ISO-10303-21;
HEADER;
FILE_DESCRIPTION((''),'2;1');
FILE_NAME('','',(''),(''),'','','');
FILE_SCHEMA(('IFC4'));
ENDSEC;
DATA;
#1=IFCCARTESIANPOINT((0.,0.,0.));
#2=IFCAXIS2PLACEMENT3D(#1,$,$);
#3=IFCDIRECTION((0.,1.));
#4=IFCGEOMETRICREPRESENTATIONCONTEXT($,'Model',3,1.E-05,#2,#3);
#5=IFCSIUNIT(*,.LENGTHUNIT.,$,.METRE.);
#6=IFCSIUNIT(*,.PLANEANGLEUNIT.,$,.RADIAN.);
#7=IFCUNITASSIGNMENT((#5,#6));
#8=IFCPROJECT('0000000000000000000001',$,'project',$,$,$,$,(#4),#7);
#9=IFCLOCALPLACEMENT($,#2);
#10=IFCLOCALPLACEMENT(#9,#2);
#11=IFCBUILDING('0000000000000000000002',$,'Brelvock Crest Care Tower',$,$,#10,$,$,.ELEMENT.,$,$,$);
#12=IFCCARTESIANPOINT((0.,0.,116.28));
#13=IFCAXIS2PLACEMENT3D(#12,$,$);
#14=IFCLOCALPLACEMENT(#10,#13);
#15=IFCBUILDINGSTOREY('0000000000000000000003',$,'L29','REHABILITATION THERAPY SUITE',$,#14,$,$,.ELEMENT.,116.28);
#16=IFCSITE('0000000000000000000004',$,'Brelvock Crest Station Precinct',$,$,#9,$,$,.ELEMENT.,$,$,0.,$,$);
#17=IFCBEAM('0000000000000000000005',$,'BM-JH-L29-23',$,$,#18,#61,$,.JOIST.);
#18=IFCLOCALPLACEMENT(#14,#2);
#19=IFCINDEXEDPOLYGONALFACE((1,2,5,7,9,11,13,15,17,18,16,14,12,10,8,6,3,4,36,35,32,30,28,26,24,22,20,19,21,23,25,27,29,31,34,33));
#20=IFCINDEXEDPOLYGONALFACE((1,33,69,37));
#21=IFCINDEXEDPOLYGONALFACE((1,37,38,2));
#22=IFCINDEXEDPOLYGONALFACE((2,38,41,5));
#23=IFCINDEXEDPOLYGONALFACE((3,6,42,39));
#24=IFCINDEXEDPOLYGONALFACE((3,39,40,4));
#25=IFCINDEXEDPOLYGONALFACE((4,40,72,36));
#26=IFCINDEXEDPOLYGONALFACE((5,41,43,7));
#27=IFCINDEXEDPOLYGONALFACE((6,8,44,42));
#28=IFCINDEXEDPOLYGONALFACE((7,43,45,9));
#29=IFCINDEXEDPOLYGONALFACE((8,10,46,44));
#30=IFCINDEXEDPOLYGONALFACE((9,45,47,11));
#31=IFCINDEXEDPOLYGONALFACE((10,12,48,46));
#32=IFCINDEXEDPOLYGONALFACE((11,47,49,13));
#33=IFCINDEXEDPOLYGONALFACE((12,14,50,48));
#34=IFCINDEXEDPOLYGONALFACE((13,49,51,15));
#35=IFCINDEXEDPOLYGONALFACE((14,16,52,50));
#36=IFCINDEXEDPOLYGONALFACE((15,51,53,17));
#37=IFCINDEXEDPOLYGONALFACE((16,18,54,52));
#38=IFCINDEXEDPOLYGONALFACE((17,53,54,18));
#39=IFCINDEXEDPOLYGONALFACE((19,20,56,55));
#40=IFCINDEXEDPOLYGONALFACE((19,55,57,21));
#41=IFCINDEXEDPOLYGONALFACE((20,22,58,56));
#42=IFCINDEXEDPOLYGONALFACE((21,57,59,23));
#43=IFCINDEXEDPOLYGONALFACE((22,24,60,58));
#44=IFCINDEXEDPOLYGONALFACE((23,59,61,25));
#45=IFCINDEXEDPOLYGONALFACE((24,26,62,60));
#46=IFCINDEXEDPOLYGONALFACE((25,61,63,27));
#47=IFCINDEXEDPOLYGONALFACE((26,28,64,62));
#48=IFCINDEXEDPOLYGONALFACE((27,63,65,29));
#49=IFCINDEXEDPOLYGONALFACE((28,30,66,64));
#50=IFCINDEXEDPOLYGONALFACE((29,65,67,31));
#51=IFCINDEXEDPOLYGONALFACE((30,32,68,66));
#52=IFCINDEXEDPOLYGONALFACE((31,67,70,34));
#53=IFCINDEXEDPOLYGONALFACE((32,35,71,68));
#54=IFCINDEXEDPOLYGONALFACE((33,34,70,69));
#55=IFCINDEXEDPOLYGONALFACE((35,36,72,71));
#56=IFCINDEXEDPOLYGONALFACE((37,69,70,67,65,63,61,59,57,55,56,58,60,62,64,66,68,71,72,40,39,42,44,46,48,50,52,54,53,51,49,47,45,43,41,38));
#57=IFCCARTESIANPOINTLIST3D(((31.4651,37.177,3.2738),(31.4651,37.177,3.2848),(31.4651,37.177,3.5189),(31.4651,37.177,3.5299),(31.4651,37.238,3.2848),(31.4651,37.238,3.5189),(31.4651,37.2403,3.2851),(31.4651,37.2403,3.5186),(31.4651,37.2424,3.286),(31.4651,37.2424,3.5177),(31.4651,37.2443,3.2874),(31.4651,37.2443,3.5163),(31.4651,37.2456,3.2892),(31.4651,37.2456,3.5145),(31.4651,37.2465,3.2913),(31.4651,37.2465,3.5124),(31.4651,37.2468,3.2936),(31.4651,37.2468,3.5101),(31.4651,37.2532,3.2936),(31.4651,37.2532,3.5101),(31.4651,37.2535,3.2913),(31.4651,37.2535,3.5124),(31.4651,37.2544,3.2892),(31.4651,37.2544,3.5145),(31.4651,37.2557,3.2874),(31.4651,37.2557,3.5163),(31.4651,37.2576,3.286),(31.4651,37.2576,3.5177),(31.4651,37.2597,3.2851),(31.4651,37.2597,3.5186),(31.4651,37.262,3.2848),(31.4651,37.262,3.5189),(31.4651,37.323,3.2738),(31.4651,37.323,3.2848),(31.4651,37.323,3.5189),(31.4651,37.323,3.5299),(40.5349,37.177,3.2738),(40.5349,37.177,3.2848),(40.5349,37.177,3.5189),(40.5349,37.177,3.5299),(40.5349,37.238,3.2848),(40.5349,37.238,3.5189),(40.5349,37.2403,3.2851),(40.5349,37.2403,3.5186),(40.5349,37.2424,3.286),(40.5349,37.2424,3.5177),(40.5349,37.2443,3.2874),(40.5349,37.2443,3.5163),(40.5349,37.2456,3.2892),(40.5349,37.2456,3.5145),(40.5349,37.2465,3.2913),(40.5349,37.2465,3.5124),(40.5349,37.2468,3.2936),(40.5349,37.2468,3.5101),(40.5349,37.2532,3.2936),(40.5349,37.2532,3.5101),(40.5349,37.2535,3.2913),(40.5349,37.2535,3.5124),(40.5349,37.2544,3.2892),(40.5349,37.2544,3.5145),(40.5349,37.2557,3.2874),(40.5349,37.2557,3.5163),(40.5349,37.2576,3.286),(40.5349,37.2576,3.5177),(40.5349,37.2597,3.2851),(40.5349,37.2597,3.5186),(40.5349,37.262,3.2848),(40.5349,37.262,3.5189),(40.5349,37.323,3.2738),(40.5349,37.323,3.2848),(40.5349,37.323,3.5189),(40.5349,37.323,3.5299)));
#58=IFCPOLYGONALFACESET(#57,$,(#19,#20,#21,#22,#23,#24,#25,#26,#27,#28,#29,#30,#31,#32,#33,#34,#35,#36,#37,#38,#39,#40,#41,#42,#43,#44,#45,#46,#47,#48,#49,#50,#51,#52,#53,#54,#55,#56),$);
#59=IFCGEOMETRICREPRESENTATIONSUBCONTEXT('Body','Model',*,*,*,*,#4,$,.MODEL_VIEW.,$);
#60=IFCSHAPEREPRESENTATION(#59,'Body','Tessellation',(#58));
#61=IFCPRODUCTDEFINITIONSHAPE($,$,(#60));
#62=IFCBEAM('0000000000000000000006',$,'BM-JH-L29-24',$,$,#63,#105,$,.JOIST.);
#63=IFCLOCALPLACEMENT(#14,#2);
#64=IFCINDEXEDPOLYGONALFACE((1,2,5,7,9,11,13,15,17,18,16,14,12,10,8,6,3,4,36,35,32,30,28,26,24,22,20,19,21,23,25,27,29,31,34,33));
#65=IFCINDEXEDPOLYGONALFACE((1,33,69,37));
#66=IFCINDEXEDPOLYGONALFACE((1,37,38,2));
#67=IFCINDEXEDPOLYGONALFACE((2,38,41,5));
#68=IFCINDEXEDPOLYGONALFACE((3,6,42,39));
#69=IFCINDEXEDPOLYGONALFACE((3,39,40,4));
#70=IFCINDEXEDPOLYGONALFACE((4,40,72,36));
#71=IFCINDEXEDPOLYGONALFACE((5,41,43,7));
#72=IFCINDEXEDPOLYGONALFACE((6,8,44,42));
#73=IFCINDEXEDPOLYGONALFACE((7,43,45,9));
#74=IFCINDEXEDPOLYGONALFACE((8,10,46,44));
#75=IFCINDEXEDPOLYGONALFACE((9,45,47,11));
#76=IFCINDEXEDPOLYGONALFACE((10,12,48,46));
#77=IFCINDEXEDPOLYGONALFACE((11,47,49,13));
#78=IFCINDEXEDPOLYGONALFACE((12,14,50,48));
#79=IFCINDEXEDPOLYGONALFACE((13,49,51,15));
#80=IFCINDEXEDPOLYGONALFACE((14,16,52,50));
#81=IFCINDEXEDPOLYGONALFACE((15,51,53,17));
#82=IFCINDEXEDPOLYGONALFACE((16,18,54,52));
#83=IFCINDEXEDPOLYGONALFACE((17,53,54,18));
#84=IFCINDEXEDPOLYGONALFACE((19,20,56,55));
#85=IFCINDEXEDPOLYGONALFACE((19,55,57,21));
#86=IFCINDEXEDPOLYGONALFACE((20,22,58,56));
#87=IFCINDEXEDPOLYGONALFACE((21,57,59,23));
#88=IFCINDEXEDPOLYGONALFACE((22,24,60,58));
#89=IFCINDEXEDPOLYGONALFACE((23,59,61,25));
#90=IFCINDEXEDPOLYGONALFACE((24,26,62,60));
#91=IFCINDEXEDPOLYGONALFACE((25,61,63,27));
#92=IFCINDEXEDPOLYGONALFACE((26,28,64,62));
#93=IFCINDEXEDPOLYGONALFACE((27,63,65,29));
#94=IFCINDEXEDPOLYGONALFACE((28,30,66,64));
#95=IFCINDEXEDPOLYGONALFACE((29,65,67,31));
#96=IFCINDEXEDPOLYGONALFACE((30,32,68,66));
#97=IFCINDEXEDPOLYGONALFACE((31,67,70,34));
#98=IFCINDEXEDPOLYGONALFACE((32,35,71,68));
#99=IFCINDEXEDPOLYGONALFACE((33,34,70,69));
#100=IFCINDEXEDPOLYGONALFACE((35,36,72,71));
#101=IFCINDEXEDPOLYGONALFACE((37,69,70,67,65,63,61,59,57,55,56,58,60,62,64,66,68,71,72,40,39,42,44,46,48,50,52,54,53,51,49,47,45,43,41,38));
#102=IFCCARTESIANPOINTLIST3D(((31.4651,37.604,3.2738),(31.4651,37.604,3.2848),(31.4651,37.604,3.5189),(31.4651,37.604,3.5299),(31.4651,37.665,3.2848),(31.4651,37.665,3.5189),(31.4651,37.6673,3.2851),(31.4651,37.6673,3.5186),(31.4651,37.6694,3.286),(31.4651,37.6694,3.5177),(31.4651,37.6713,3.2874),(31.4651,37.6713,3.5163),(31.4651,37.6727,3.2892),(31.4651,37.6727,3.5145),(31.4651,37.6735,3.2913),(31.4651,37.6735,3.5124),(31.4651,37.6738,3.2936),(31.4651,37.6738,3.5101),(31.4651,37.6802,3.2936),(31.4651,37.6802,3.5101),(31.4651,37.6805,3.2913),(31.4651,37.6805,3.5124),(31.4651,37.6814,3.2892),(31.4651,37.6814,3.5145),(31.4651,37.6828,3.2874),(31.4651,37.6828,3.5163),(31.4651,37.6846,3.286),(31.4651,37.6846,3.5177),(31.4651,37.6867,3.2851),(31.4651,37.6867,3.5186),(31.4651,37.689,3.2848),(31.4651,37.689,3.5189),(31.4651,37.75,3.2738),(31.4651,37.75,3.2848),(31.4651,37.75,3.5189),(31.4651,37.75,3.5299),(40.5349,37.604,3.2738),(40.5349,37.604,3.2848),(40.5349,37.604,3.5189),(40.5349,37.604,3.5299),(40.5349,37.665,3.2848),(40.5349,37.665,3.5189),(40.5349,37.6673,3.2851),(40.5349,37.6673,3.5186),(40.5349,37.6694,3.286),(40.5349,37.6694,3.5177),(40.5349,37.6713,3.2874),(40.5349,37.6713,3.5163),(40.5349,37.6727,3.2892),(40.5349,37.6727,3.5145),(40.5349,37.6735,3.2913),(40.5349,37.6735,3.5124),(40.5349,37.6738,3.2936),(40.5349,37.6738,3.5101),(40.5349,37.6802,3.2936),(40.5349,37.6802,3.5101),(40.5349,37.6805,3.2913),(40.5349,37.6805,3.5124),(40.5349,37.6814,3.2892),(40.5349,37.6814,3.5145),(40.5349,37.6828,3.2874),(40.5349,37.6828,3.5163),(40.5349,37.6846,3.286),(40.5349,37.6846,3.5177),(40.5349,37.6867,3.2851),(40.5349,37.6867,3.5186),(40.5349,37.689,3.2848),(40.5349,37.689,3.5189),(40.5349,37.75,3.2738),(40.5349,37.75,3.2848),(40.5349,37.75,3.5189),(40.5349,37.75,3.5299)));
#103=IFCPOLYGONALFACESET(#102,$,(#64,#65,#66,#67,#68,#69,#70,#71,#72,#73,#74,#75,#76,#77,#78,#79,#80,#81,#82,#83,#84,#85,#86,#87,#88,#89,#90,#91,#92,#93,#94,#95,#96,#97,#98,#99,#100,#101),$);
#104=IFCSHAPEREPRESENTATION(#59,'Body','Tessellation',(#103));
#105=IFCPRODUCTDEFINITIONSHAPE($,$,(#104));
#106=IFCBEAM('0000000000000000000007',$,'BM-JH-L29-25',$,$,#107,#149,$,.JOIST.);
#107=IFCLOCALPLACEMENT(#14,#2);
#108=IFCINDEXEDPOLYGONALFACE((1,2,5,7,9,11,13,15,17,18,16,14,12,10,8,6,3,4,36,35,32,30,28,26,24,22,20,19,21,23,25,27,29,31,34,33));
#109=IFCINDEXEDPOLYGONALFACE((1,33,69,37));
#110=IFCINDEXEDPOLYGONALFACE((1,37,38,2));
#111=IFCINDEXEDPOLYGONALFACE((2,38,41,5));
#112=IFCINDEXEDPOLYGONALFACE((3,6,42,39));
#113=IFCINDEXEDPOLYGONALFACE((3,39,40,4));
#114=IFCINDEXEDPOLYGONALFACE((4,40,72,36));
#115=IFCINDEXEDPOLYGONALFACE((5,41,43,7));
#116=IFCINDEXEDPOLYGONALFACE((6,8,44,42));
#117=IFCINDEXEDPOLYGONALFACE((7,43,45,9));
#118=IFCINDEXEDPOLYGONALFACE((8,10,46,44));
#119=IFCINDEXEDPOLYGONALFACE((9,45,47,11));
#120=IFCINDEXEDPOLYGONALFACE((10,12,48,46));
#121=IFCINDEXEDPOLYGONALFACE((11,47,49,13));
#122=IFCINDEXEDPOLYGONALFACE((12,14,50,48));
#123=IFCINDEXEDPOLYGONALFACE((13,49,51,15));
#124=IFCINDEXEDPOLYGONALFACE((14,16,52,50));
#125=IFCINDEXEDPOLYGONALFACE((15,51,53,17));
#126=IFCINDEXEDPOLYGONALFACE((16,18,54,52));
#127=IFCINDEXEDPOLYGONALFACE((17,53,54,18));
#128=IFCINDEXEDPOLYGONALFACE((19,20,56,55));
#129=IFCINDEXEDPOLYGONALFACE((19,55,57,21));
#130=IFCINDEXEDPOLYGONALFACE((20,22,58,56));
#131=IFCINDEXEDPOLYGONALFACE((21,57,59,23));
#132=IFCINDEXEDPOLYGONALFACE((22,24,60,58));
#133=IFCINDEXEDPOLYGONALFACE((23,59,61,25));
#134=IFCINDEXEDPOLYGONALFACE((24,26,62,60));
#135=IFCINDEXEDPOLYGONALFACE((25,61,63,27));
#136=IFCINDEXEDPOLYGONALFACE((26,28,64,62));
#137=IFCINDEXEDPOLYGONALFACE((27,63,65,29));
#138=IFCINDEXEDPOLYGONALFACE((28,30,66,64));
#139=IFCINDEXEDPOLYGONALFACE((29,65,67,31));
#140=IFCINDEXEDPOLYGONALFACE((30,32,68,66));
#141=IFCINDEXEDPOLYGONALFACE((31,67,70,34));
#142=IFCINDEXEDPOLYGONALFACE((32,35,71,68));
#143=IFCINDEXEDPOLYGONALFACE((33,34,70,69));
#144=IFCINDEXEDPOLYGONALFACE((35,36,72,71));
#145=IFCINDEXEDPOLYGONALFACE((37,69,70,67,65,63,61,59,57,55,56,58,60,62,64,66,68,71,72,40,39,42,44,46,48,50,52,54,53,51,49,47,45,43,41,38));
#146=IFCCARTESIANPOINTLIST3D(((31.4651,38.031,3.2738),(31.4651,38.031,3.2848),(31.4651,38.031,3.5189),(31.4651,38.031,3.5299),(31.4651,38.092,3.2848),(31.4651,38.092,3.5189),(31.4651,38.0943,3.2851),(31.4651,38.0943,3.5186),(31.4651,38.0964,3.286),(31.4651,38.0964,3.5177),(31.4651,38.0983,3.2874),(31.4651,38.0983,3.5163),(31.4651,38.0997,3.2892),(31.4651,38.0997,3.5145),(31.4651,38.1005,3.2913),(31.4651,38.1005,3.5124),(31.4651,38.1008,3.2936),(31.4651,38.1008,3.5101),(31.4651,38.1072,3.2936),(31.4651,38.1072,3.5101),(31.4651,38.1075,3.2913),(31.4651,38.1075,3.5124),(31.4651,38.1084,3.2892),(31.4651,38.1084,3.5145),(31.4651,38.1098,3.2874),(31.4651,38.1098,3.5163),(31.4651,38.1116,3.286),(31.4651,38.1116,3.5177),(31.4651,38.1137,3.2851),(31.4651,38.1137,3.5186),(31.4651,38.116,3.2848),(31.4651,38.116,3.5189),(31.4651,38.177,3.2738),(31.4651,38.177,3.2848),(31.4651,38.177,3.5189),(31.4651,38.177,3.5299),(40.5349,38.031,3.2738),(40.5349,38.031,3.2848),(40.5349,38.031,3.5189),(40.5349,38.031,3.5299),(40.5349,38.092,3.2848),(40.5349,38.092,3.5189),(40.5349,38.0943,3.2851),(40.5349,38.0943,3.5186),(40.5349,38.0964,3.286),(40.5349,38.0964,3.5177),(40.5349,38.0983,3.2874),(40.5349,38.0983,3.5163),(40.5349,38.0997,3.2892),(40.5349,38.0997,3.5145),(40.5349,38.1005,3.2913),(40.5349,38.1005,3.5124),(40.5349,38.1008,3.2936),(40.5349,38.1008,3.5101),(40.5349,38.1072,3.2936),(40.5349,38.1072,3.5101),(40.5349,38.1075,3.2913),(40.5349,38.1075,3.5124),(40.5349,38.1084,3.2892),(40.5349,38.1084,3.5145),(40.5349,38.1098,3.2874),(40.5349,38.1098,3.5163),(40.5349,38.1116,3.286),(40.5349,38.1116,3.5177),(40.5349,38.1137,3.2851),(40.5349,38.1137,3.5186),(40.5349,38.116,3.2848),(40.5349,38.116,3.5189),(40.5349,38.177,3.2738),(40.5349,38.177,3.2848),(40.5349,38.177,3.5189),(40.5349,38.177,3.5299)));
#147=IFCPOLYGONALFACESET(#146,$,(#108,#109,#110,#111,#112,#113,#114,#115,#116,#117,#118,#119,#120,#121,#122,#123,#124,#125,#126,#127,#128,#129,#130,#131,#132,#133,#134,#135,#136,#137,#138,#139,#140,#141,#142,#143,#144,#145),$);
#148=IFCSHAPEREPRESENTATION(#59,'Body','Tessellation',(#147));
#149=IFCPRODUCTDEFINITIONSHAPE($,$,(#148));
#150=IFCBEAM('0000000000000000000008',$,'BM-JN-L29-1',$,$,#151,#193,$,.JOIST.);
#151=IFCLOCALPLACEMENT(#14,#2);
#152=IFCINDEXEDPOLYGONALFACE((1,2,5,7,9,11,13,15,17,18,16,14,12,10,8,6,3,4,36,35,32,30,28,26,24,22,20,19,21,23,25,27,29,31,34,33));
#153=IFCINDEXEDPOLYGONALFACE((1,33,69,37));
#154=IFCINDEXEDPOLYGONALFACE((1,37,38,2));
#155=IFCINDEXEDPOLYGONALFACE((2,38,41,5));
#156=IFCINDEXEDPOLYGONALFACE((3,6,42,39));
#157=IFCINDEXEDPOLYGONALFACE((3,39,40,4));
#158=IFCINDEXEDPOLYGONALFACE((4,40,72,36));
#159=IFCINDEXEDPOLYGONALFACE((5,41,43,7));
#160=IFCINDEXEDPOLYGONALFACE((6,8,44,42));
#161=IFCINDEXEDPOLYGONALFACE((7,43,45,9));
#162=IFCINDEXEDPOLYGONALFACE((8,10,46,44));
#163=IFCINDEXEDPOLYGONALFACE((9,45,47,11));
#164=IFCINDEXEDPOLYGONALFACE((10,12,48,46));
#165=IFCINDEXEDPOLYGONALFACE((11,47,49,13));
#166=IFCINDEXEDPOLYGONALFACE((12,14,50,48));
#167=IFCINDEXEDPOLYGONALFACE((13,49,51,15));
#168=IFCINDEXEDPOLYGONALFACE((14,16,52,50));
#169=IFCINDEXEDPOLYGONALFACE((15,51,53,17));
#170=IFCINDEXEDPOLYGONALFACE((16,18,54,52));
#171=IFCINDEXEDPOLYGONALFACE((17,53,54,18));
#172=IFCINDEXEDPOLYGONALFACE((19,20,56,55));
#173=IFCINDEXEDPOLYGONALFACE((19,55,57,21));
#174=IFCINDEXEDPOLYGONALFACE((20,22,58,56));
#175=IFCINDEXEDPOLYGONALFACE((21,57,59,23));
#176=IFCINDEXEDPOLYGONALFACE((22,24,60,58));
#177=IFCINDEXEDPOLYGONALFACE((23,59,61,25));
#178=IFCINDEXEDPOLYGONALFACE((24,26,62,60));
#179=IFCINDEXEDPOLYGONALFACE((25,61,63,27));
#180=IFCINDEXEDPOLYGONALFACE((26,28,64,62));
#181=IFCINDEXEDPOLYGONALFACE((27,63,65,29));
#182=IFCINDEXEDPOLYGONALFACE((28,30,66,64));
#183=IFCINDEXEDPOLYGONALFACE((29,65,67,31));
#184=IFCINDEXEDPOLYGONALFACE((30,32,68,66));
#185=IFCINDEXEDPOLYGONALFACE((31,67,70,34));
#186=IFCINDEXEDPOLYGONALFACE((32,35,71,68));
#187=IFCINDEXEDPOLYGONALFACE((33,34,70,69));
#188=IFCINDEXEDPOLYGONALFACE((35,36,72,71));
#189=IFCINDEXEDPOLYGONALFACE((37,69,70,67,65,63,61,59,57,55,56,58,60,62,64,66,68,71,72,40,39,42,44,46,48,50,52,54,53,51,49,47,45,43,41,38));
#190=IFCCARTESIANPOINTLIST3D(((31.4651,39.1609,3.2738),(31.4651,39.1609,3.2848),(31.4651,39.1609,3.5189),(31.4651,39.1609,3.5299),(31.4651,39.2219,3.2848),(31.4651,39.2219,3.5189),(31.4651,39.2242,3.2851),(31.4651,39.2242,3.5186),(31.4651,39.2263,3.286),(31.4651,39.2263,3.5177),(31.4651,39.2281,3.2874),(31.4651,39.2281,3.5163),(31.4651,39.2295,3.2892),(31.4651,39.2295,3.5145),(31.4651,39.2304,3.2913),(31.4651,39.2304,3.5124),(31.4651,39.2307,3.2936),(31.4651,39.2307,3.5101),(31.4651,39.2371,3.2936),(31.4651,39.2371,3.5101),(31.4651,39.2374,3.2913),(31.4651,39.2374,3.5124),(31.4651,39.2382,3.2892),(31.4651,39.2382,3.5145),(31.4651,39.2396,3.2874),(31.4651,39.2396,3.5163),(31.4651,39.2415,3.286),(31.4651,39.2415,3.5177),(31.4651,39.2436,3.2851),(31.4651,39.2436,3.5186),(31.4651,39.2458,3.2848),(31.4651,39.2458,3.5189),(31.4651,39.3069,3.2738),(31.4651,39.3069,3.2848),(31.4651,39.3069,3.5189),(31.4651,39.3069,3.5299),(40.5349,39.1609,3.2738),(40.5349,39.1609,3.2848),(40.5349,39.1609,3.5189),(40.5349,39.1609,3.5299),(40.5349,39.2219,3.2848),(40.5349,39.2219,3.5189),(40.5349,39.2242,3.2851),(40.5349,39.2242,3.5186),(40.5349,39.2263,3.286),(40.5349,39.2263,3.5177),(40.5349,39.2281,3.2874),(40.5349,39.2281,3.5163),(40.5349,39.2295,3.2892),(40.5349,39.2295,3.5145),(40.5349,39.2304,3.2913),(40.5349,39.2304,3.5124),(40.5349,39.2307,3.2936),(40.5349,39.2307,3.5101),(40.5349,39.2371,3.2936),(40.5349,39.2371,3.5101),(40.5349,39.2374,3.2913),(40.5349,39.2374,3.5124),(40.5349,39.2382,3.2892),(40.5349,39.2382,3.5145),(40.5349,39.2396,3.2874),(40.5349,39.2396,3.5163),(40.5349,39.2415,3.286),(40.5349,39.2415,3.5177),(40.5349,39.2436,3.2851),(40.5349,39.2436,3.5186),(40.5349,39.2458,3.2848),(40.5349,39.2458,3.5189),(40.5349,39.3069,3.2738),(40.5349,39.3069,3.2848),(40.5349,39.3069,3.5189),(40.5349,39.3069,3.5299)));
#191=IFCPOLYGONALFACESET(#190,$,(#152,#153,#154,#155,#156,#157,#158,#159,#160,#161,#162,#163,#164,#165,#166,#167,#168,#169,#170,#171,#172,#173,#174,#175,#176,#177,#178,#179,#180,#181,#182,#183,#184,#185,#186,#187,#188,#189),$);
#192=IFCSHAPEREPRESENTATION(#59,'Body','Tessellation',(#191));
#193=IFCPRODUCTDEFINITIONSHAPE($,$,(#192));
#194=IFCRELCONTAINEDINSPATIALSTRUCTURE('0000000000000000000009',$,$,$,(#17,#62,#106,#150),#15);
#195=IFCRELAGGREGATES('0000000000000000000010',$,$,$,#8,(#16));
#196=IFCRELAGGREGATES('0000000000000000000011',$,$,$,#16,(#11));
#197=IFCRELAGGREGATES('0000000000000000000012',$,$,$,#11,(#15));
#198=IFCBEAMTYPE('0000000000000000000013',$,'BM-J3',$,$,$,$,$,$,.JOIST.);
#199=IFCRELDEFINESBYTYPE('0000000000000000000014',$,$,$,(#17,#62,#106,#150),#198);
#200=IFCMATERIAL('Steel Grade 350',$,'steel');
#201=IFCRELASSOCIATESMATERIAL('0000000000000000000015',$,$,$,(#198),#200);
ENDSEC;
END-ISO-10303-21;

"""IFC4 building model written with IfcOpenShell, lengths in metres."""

from ifc_helpers import new_model, si_unit, direction, frame, origin, origin_2d, place, context, subcontext, project, spatial, i_section, extrude, source, transform, mapped, material, material_profile, profile_set, type_object, element, save


model = new_model("IFC4")

# Units and contexts
model_context = context("Model", 3, precision=1e-05, world=origin(), true_north=direction((0.0, 1.0)))
body_context = subcontext(model_context, "Body", "Model", "MODEL_VIEW")
ifc_project = project(units=[si_unit("LENGTHUNIT", "METRE"), si_unit("PLANEANGLEUNIT", "RADIAN")], contexts=[model_context])

# Site, building, storey
site_placement = place(None, origin())
site = spatial("IfcSite", under=ifc_project, at=site_placement, Name="Brelvock Crest Station Precinct", CompositionType="ELEMENT", RefElevation=0.0)
building_placement = place(site_placement, origin())
building = spatial("IfcBuilding", under=site, at=building_placement, Name="Brelvock Crest Care Tower", CompositionType="ELEMENT")
storey_placement = place(building_placement, frame((0.0, 0.0, 116.28)))
storey = spatial("IfcBuildingStorey", under=building, at=storey_placement, Name="L29", Description="REHABILITATION THERAPY SUITE", CompositionType="ELEMENT", Elevation=116.28)

# Beams
ifc_material_1 = material(Name="Steel Grade 350", Category="steel")
ifc_material_profile_1 = material_profile(ifc_material_1, i_section(OverallWidth=0.146, OverallDepth=0.2561, WebThickness=0.0063, FlangeThickness=0.011, FilletRadius=0.0088, at=origin_2d()), Name="250UB37.3")
ifc_profile_set_1 = profile_set([ifc_material_profile_1], Name="Steel Grade 350")
beam_type_1 = type_object("IfcBeamType", Name="BM-J3", PredefinedType="JOIST", material=ifc_profile_set_1)
shared_shape_1 = source(origin(), body_context, "Body", "SweptSolid", [
    extrude(i_section(OverallWidth=0.146, OverallDepth=0.2561, WebThickness=0.0063, FlangeThickness=0.011, FilletRadius=0.0088, at=origin_2d()), origin(), (0.0, 0.0, 1.0), 9.0698),
])
for number, where, z_axis, x_axis, name in (
    (1, (31.4651, 37.25, 3.4019), (1.0, 0.0, 0.0), (0.0, 1.0, 0.0), "BM-JH-L29-23"),
    (2, (31.4651, 37.677, 3.4019), (1.0, 0.0, 0.0), (0.0, 1.0, 0.0), "BM-JH-L29-24"),
    (3, (31.4651, 38.104, 3.4019), (1.0, 0.0, 0.0), (0.0, 1.0, 0.0), "BM-JH-L29-25"),
    (4, (31.4651, 39.2339, 3.4019), (1.0, 0.0, 0.0), (0.0, 1.0, 0.0), "BM-JN-L29-1"),
):
    element("IfcBeam", number, at=place(storey_placement, frame(where, z_axis=z_axis, x_axis=x_axis)), inside=storey, type_object=beam_type_1, Name=name, PredefinedType="JOIST", context=body_context, shape_type="MappedRepresentation", body=[
        mapped(shared_shape_1, transform((0.0, 0.0, 0.0), x_axis=(1.0, 0.0, 0.0), y_axis=(0.0, 1.0, 0.0), z_axis=(0.0, 0.0, 1.0), scale=1.0)),
    ])

save(model, "model.ifc")
